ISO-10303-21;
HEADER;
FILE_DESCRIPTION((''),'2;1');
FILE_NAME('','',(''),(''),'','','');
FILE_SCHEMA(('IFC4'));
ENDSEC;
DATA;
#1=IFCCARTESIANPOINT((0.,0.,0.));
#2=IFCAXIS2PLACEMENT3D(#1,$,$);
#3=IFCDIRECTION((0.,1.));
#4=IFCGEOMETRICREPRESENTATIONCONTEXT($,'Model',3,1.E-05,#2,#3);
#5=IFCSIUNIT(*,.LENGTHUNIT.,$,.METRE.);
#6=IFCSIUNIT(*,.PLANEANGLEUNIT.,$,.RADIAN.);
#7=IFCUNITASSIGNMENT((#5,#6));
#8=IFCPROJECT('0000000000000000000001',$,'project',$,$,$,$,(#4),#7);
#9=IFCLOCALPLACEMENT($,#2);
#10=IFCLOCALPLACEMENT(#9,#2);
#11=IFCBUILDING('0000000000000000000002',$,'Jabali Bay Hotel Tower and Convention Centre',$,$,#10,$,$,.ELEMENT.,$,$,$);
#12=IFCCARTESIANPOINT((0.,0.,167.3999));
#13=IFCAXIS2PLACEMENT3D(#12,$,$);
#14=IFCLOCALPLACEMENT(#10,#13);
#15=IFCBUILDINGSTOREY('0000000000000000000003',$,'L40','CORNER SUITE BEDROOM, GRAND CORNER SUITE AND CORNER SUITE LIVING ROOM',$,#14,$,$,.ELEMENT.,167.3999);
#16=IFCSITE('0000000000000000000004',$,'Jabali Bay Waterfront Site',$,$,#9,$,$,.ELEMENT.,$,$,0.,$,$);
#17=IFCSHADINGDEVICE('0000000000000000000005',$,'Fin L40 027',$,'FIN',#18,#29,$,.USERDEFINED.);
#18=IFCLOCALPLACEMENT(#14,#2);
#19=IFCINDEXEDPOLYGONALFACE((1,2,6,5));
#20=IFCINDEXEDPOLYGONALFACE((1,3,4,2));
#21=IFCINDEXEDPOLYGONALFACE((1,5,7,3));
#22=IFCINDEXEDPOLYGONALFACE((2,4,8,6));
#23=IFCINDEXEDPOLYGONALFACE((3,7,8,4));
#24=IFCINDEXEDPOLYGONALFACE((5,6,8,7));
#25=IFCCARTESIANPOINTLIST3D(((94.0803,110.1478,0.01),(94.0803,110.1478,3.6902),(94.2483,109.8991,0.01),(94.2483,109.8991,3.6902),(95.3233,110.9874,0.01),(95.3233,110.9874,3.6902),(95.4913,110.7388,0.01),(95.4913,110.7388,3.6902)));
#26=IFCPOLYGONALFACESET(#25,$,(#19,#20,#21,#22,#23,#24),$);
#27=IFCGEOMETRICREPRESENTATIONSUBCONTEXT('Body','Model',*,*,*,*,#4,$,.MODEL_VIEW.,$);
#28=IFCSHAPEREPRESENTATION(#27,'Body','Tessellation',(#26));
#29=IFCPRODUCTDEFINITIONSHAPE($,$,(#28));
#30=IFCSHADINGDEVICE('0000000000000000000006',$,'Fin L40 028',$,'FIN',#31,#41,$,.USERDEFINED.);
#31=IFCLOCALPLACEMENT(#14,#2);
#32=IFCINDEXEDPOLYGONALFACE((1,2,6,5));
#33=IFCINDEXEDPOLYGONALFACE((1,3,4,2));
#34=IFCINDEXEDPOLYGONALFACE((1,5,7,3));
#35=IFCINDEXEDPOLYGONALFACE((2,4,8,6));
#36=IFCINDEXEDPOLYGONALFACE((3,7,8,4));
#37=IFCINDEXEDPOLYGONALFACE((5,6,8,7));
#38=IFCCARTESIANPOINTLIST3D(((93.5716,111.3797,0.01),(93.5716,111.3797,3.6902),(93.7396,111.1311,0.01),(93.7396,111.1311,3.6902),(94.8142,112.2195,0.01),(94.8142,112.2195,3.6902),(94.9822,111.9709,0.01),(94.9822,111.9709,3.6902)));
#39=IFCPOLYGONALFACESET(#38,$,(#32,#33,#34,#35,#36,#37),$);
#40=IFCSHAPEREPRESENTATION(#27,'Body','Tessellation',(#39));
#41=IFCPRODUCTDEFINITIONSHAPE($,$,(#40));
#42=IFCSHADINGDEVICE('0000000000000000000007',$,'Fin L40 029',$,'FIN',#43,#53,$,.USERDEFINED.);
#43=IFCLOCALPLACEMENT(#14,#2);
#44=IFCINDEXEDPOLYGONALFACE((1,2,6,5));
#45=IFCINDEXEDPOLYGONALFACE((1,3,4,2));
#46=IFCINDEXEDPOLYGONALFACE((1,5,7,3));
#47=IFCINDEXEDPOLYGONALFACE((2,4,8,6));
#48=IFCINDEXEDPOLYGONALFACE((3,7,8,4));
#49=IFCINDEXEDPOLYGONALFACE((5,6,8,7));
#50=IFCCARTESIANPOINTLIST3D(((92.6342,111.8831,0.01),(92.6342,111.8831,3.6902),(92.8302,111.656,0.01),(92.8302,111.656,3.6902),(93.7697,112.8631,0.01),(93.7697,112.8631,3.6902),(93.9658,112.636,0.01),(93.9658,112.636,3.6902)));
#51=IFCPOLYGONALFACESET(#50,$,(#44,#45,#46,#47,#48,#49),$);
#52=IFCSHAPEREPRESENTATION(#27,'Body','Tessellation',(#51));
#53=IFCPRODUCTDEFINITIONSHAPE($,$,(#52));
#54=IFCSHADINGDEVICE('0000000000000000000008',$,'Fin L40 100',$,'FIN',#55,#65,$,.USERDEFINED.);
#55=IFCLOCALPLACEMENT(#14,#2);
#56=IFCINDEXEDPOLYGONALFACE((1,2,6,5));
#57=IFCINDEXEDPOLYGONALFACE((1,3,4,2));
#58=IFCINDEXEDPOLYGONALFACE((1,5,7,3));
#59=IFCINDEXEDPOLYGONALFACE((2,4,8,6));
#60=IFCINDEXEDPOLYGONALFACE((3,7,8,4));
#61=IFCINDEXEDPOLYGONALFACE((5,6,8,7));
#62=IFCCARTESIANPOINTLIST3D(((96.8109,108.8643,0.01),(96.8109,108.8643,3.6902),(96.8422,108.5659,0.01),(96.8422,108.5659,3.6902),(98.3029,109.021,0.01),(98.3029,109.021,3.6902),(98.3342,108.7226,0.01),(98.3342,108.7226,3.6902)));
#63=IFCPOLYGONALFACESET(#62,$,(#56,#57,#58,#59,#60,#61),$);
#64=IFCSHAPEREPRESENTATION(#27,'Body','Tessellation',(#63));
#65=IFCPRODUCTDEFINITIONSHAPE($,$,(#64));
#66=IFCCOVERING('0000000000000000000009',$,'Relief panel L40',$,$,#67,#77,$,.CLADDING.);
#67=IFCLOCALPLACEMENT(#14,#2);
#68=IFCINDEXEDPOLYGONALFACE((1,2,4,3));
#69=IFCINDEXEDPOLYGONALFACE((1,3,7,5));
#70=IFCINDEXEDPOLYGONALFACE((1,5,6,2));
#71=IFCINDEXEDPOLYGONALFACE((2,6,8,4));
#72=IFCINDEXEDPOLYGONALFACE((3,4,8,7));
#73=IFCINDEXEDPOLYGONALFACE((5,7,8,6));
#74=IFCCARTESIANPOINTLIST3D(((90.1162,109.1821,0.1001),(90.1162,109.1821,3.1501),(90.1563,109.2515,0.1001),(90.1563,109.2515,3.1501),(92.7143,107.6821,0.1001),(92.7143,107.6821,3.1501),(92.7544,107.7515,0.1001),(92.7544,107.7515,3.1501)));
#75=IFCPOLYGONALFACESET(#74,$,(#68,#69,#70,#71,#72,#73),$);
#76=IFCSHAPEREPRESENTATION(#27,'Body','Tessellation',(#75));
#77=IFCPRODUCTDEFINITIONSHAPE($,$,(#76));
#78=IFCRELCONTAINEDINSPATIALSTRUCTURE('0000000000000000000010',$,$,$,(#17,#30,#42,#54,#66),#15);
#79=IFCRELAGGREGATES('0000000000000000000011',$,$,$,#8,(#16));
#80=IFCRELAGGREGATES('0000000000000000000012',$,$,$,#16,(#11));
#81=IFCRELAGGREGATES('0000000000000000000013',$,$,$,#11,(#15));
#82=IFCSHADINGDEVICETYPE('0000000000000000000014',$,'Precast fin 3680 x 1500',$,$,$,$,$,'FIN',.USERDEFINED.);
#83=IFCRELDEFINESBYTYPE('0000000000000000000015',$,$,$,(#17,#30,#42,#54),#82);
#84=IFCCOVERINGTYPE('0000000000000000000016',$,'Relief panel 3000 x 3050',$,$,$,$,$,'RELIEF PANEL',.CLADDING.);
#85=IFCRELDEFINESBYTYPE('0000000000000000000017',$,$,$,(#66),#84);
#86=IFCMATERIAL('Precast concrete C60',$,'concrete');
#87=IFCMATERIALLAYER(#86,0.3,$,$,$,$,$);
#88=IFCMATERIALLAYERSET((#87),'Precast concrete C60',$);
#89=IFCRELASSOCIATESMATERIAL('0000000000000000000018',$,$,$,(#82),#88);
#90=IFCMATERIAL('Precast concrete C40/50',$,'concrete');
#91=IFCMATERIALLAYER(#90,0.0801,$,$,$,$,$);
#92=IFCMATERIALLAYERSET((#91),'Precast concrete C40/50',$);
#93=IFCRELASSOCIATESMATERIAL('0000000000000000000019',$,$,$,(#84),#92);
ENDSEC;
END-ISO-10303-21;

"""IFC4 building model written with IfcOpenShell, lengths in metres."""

from ifc_helpers import new_model, si_unit, direction, frame, frame_2d, origin, origin_2d, place, context, subcontext, project, spatial, rectangle, extrude, material, layer, layer_set, type_object, element, save


model = new_model("IFC4")

# Units and contexts
model_context = context("Model", 3, precision=1e-05, world=origin(), true_north=direction((0.0, 1.0)))
body_context = subcontext(model_context, "Body", "Model", "MODEL_VIEW")
ifc_project = project(units=[si_unit("LENGTHUNIT", "METRE"), si_unit("PLANEANGLEUNIT", "RADIAN")], contexts=[model_context])

# Site, building, storey
site_placement = place(None, origin())
site = spatial("IfcSite", under=ifc_project, at=site_placement, Name="Jabali Bay Waterfront Site", CompositionType="ELEMENT", RefElevation=0.0)
building_placement = place(site_placement, origin())
building = spatial("IfcBuilding", under=site, at=building_placement, Name="Jabali Bay Hotel Tower and Convention Centre", CompositionType="ELEMENT")
storey_placement = place(building_placement, frame((0.0, 0.0, 167.3999)))
storey = spatial("IfcBuildingStorey", under=building, at=storey_placement, Name="L40", Description="CORNER SUITE BEDROOM, GRAND CORNER SUITE AND CORNER SUITE LIVING ROOM", CompositionType="ELEMENT", Elevation=167.3999)

# Shading devices
ifc_material_1 = material(Name="Precast concrete C60", Category="concrete")
ifc_layer_1 = layer(ifc_material_1, 0.3)
ifc_layer_set_1 = layer_set([ifc_layer_1], Name="Precast concrete C60")
shading_device_type_1 = type_object("IfcShadingDeviceType", Name="Precast fin 3680 x 1500", ElementType="FIN", PredefinedType="USERDEFINED", material=ifc_layer_set_1)
shading_device_1_placement = place(storey_placement, frame((94.1643, 110.0234, 0.01), z_axis=(0.0, 0.0, 1.0), x_axis=(0.828654, 0.559761, 0.0)))
element("IfcShadingDevice", 1, at=shading_device_1_placement, inside=storey, type_object=shading_device_type_1, Name="Fin L40 027", ObjectType="FIN", PredefinedType="USERDEFINED", context=body_context, shape_type="SweptSolid", body=[
    extrude(rectangle(XDim=1.5, YDim=0.3, at=frame_2d((0.75, 0.0))), origin(), (0.0, 0.0, 1.0), 3.6802),
])
shading_device_2_placement = place(storey_placement, frame((93.6555, 111.2554, 0.01), z_axis=(0.0, 0.0, 1.0), x_axis=(0.828528, 0.559948, 0.0)))
element("IfcShadingDevice", 2, at=shading_device_2_placement, inside=storey, type_object=shading_device_type_1, Name="Fin L40 028", ObjectType="FIN", PredefinedType="USERDEFINED", context=body_context, shape_type="SweptSolid", body=[
    extrude(rectangle(XDim=1.4998, YDim=0.3, at=frame_2d((0.75, 0.0))), origin(), (0.0, 0.0, 1.0), 3.6802),
])
shading_device_3_placement = place(storey_placement, frame((92.7322, 111.7695, 0.01), z_axis=(0.0, 0.0, 1.0), x_axis=(0.757046, 0.653361, 0.0)))
element("IfcShadingDevice", 3, at=shading_device_3_placement, inside=storey, type_object=shading_device_type_1, Name="Fin L40 029", ObjectType="FIN", PredefinedType="USERDEFINED", context=body_context, shape_type="SweptSolid", body=[
    extrude(rectangle(XDim=1.5, YDim=0.3, at=frame_2d((0.75, 0.0))), origin(), (0.0, 0.0, 1.0), 3.6802),
])
shading_device_4_placement = place(storey_placement, frame((96.8267, 108.7151, 0.01), z_axis=(0.0, 0.0, 1.0), x_axis=(0.994527, 0.104481, 0.0)))
element("IfcShadingDevice", 4, at=shading_device_4_placement, inside=storey, type_object=shading_device_type_1, Name="Fin L40 100", ObjectType="FIN", PredefinedType="USERDEFINED", context=body_context, shape_type="SweptSolid", body=[
    extrude(rectangle(XDim=1.5002, YDim=0.3, at=frame_2d((0.75, 0.0))), origin(), (0.0, 0.0, 1.0), 3.6802),
])

# Covering
ifc_material_2 = material(Name="Precast concrete C40/50", Category="concrete")
ifc_layer_2 = layer(ifc_material_2, 0.0801)
ifc_layer_set_2 = layer_set([ifc_layer_2], Name="Precast concrete C40/50")
covering_type = type_object("IfcCoveringType", Name="Relief panel 3000 x 3050", ElementType="RELIEF PANEL", PredefinedType="CLADDING", material=ifc_layer_set_2)
covering_placement = place(storey_placement, frame((91.4353, 108.4668, 0.1001), z_axis=(0.0, 0.0, 1.0), x_axis=(0.866025, -0.5, 0.0)))
element("IfcCovering", 5, at=covering_placement, inside=storey, type_object=covering_type, Name="Relief panel L40", PredefinedType="CLADDING", context=body_context, shape_type="SweptSolid", body=[
    extrude(rectangle(XDim=3.0, YDim=0.0801, at=origin_2d()), origin(), (0.0, 0.0, 1.0), 3.05),
])

save(model, "model.ifc")
